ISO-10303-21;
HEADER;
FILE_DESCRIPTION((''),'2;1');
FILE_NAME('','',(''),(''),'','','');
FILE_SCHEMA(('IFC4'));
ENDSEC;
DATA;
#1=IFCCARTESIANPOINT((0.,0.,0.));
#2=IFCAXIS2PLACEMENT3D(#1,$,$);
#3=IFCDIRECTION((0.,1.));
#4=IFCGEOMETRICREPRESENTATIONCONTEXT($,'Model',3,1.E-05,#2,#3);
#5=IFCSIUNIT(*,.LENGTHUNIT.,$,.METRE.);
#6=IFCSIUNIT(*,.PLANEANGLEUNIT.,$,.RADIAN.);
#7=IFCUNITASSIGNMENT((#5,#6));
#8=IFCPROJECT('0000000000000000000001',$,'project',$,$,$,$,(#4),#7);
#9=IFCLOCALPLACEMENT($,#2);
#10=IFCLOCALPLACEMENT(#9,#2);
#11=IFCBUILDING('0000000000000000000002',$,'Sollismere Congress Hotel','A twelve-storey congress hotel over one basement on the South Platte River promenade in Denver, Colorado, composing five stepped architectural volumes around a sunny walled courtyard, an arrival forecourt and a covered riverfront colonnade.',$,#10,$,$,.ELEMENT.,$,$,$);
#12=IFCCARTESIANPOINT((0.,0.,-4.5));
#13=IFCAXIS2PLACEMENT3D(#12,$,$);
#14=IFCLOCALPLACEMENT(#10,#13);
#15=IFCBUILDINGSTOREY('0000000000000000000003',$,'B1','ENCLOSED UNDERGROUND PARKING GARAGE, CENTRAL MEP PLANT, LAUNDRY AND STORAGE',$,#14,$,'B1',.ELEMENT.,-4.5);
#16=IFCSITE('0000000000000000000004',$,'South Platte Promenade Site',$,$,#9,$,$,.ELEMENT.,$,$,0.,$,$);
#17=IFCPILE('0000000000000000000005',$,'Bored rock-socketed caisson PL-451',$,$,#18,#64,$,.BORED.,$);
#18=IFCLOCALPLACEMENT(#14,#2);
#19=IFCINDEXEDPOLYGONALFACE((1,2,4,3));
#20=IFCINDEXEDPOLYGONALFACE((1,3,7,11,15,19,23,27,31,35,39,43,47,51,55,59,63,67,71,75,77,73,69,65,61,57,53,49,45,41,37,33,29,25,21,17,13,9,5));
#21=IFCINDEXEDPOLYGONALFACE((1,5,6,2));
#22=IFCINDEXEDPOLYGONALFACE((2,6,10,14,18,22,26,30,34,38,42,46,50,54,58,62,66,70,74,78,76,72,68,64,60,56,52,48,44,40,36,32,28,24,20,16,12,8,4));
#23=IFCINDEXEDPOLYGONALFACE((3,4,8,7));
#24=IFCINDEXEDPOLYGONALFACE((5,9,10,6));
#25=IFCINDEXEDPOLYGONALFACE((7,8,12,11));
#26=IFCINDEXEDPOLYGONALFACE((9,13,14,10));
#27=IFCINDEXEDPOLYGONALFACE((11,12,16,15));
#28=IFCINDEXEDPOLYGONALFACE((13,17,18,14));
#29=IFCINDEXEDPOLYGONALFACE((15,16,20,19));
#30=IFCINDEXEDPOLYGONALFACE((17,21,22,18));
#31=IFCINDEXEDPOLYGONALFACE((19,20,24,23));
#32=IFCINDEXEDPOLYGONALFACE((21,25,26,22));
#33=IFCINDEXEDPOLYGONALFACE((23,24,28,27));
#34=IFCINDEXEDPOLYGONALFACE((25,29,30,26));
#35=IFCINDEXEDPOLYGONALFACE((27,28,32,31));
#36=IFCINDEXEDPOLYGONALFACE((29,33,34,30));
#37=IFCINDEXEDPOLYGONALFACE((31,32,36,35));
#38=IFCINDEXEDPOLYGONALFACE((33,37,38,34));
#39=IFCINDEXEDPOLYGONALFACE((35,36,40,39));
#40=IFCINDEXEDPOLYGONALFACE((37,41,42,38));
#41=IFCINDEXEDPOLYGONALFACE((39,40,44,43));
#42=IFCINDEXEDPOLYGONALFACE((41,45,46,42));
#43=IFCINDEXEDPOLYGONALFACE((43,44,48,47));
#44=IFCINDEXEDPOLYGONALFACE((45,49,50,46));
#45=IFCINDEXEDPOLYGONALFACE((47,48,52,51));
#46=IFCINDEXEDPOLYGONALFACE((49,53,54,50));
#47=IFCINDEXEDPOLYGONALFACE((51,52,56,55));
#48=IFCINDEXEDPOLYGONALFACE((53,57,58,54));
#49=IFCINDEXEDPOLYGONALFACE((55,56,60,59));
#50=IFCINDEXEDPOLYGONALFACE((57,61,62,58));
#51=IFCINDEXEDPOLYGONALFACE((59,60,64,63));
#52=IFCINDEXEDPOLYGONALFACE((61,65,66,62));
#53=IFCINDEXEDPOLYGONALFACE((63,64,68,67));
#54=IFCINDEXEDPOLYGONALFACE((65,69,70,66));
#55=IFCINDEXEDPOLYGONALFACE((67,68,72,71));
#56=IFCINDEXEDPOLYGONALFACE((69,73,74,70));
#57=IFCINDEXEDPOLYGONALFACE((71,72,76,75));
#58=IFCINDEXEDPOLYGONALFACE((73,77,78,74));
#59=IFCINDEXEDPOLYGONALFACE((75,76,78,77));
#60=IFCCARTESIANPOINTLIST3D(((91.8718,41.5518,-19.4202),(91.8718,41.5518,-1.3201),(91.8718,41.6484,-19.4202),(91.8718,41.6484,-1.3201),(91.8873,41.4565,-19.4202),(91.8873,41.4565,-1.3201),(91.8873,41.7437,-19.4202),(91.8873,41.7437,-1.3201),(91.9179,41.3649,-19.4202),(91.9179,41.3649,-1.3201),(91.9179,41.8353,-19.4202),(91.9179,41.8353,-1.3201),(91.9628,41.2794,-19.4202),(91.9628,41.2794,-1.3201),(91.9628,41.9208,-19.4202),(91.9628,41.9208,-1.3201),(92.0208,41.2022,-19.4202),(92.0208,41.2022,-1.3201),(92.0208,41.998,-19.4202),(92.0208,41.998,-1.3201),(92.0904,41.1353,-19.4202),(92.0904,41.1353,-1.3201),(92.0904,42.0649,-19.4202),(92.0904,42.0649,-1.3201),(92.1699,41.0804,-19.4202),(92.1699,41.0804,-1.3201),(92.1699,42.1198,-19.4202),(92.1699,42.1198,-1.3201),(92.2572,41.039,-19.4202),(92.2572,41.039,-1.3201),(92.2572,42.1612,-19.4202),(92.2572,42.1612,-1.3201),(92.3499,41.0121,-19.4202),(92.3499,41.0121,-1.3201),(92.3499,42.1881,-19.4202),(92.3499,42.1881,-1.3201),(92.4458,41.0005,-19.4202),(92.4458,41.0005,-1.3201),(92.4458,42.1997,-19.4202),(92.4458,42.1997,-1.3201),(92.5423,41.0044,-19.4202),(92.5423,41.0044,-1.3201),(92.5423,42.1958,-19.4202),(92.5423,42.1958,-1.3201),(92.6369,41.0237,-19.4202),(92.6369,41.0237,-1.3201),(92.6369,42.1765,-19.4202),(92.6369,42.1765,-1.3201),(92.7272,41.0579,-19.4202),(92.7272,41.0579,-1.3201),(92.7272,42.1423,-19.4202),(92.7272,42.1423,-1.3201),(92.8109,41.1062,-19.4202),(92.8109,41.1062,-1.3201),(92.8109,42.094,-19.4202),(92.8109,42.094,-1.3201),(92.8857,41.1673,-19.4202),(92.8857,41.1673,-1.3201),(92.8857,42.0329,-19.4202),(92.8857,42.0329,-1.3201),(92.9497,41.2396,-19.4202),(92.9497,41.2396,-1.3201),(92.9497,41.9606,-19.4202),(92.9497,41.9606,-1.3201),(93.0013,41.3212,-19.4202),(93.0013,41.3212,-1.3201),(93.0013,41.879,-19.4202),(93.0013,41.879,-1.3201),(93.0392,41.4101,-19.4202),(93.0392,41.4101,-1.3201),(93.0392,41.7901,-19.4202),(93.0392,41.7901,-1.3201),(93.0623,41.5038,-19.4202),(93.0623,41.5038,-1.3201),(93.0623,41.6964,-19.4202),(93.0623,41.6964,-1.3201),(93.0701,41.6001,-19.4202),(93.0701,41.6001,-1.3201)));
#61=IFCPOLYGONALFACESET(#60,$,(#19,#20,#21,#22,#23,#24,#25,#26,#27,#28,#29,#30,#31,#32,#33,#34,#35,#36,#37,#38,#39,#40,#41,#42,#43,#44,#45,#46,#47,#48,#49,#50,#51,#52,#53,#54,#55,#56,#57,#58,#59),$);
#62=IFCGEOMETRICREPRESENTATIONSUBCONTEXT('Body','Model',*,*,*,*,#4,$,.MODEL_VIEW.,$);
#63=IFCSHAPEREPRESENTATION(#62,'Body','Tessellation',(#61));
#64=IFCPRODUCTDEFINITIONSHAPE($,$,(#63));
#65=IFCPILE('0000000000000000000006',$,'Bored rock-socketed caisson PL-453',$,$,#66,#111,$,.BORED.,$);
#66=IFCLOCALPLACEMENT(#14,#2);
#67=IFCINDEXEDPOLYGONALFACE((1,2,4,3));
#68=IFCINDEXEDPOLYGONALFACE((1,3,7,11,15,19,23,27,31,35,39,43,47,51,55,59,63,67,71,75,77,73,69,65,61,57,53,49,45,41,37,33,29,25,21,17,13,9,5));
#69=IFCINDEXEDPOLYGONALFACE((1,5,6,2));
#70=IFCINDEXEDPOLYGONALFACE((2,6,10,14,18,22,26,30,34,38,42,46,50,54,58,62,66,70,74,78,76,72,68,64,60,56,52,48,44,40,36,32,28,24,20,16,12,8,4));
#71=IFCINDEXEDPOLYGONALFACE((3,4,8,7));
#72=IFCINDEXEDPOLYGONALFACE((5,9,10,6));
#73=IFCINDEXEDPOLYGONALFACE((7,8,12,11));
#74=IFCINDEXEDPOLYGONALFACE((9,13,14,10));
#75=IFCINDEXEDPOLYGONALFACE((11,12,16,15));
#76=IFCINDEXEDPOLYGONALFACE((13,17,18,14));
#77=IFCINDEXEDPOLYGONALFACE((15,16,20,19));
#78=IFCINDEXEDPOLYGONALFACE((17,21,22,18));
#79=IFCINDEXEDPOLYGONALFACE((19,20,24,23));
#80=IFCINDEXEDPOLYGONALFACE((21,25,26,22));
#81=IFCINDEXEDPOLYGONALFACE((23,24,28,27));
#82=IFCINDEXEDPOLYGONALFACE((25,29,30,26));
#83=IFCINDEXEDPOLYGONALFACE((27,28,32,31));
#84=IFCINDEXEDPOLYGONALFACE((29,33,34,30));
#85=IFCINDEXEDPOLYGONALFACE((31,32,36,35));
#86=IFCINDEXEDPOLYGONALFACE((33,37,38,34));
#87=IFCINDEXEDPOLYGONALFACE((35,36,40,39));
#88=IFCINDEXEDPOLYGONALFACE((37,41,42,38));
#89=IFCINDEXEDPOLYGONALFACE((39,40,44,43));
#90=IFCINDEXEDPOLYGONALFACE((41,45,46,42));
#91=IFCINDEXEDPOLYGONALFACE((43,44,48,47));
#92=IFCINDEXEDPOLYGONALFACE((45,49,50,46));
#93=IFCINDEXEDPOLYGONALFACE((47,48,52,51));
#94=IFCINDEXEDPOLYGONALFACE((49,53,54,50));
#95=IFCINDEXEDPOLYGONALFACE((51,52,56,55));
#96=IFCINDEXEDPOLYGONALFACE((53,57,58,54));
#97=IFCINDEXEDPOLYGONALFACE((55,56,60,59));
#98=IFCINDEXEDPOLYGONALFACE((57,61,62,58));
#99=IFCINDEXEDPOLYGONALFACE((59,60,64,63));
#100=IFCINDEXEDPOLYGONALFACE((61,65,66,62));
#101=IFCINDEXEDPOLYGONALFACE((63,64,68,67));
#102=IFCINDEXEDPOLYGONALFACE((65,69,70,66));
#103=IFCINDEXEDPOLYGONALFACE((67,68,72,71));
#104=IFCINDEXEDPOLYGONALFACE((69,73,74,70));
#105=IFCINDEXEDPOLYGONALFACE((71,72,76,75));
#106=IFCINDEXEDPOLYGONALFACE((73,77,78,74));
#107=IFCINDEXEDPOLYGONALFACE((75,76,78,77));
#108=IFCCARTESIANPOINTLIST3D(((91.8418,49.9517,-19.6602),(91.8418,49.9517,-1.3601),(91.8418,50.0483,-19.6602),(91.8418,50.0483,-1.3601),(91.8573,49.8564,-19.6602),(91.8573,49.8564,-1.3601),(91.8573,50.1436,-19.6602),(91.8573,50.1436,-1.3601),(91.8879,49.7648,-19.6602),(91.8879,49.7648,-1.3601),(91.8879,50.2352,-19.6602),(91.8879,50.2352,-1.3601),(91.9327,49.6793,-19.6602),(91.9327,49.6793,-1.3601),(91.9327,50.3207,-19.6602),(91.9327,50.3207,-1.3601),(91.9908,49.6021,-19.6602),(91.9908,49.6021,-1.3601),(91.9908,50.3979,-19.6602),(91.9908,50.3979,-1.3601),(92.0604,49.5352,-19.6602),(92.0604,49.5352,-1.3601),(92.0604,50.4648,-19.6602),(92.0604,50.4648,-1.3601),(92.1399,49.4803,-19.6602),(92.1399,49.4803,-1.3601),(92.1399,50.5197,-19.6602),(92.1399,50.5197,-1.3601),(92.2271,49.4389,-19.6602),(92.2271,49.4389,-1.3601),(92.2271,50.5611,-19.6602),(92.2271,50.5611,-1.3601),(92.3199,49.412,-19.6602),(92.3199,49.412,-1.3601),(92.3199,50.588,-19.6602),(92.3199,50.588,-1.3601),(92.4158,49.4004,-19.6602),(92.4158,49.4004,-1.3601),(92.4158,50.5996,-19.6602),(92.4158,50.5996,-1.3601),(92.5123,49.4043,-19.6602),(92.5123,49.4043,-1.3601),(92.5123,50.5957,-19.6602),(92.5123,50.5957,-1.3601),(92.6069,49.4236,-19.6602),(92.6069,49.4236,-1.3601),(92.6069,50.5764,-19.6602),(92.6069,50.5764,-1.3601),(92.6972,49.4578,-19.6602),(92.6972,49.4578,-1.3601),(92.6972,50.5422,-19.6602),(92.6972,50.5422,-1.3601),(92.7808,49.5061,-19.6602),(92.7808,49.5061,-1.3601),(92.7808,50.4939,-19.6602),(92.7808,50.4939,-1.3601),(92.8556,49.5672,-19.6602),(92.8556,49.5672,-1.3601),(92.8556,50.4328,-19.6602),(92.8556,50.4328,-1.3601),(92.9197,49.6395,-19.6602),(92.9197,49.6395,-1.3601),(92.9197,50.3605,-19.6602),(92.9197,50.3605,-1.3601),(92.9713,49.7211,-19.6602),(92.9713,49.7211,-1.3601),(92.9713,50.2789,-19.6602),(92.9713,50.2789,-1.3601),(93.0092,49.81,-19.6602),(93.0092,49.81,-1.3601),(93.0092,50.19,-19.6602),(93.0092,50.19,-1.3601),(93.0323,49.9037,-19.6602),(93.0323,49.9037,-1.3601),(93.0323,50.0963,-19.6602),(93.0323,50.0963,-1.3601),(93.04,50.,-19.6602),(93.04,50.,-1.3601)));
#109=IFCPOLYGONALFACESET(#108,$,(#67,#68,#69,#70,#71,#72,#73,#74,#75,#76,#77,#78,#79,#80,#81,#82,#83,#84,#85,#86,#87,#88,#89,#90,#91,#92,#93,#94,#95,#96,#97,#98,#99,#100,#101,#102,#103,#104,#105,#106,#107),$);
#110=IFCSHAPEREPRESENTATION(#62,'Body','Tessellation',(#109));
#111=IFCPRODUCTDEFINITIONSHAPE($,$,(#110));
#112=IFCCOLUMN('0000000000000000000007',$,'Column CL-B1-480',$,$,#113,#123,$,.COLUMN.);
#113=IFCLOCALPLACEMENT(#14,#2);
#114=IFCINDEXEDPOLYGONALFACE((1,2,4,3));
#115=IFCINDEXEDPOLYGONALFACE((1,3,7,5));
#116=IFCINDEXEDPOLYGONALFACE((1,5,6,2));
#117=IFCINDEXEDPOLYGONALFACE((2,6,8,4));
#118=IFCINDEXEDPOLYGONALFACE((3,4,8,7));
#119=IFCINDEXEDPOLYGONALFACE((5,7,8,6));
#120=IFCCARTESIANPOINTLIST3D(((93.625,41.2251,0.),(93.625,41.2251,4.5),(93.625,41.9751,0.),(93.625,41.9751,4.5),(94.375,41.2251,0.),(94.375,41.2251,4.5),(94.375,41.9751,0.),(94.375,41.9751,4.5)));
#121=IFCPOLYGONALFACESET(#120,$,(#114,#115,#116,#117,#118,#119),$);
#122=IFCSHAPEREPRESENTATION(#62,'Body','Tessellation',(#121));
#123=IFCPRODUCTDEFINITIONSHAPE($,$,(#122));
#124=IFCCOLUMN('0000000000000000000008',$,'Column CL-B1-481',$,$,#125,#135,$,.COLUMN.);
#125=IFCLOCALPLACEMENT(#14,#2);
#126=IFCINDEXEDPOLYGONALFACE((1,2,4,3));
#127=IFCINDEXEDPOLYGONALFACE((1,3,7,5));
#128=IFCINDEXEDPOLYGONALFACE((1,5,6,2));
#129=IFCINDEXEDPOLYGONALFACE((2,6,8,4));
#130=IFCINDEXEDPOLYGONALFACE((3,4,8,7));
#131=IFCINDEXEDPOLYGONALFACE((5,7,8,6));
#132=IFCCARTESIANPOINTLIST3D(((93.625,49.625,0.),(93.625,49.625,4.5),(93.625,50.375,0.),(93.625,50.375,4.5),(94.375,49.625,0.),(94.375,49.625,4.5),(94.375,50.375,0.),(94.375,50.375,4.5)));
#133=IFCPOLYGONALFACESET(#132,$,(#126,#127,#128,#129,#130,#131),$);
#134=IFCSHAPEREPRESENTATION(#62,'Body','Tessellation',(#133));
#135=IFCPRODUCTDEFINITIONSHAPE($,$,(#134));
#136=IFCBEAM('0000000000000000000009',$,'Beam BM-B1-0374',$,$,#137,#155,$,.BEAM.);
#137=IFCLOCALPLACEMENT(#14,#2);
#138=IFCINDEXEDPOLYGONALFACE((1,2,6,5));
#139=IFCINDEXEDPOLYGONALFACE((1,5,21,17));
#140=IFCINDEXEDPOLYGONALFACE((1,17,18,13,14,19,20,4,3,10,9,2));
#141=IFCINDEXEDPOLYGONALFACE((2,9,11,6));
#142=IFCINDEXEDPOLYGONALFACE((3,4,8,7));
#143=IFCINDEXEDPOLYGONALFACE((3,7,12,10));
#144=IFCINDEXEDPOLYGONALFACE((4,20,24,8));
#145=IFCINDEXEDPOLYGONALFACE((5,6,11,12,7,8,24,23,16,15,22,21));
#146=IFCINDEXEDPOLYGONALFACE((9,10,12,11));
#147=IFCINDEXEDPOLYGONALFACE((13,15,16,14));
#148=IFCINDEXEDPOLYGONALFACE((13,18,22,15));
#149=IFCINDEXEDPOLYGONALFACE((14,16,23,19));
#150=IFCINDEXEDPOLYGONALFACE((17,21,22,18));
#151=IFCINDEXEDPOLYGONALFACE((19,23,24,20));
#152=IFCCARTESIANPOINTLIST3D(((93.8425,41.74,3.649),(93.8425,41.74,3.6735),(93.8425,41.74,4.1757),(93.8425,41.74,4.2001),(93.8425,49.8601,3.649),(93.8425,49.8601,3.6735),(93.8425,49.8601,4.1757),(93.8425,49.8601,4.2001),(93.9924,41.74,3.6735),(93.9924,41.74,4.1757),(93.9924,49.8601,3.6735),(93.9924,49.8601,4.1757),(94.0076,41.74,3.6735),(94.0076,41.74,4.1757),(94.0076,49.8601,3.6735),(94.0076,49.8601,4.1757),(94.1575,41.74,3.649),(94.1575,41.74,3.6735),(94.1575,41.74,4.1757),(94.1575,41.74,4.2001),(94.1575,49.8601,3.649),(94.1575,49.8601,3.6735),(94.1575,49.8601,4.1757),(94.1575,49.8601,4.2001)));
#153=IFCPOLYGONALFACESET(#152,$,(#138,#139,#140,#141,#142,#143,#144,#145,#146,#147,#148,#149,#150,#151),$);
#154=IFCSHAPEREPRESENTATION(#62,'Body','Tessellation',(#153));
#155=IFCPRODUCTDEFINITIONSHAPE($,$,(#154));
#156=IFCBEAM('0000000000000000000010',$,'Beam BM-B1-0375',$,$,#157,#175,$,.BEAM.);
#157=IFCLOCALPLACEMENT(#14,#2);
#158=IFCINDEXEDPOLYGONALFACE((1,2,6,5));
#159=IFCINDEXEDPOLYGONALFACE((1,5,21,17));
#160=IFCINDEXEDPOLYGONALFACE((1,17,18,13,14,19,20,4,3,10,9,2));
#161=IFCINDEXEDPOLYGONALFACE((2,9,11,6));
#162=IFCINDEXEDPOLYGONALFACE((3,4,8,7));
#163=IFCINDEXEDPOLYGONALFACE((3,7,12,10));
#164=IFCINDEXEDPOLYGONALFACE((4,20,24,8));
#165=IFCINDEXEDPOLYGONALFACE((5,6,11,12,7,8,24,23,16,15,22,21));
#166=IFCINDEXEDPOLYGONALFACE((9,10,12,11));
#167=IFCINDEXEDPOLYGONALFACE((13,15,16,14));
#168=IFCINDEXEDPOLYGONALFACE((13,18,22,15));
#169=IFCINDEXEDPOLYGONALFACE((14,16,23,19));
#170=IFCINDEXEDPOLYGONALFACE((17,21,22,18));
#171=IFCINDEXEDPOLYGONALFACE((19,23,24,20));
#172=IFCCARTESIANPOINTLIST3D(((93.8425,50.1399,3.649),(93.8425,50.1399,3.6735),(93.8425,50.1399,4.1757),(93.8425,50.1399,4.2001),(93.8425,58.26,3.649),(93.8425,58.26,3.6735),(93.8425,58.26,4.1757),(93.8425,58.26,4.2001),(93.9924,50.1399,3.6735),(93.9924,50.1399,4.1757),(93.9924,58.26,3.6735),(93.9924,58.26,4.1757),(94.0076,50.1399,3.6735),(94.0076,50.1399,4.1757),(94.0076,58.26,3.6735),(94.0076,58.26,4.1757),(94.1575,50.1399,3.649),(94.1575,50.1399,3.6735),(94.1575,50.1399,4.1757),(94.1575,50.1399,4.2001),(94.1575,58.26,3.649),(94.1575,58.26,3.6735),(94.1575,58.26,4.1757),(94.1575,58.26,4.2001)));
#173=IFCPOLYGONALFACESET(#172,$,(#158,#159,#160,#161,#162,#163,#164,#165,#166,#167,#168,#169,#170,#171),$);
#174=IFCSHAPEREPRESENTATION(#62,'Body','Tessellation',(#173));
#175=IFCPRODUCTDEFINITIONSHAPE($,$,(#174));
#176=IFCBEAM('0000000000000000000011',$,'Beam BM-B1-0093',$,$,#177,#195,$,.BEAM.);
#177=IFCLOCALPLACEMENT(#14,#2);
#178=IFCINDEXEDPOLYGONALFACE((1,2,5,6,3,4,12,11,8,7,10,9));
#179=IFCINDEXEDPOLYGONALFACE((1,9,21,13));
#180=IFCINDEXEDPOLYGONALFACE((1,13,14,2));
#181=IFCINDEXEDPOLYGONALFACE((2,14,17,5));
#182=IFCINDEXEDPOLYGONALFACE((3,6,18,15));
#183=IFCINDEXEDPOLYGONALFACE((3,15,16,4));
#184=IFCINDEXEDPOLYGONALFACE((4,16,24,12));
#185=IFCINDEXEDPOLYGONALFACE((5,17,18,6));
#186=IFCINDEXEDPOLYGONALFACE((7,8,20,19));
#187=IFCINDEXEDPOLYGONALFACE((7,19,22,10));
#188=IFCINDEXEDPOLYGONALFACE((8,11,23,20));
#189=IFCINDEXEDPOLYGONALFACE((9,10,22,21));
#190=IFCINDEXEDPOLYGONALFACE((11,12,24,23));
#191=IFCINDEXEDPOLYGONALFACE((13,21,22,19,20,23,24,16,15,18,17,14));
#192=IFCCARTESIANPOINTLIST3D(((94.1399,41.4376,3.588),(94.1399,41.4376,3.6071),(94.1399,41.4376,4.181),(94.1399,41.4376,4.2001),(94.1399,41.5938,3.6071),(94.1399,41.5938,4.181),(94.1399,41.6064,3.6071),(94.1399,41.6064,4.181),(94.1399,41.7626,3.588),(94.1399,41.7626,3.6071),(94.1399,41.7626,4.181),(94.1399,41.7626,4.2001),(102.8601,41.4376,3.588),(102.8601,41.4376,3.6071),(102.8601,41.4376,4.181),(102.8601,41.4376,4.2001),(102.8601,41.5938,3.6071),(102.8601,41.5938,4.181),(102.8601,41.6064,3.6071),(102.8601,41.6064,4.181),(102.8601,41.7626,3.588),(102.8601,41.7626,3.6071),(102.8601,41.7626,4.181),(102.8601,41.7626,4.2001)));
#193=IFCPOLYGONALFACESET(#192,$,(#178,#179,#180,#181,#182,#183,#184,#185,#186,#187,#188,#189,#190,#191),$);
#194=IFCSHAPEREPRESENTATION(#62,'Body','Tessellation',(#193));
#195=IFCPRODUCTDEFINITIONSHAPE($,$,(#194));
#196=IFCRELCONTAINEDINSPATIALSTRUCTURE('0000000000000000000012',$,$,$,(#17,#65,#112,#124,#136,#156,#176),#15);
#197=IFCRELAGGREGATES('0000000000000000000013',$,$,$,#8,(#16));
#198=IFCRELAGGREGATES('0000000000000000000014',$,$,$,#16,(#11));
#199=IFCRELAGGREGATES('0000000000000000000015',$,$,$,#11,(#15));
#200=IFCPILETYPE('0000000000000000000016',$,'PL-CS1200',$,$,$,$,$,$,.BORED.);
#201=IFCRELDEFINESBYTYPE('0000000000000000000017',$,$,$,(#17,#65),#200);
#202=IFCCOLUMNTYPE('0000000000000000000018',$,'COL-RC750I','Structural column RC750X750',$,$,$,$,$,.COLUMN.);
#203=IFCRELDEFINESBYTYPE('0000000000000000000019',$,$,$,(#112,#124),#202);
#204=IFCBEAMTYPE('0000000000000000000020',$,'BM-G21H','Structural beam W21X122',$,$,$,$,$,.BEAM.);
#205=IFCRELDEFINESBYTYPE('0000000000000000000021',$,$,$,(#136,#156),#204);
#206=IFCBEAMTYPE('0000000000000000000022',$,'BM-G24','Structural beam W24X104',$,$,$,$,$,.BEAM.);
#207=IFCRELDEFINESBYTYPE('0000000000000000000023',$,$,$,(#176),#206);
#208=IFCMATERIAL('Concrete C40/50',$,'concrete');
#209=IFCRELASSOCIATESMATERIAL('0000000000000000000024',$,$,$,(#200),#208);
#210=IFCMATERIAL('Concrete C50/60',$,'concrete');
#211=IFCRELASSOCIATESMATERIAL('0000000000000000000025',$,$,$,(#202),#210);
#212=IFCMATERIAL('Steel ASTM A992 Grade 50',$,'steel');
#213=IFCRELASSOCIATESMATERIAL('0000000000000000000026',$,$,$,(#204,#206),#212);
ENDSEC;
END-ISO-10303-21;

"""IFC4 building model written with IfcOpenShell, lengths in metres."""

from ifc_helpers import new_model, si_unit, direction, frame, origin, origin_2d, place, context, subcontext, project, spatial, rectangle, circle, i_section, extrude, material, material_profile, profile_set, type_object, element, save


model = new_model("IFC4")

# Units and contexts
model_context = context("Model", 3, precision=1e-05, world=origin(), true_north=direction((0.0, 1.0)))
body_context = subcontext(model_context, "Body", "Model", "MODEL_VIEW")
ifc_project = project(units=[si_unit("LENGTHUNIT", "METRE"), si_unit("PLANEANGLEUNIT", "RADIAN")], contexts=[model_context])

# Site, building, storey
site_placement = place(None, origin())
site = spatial("IfcSite", under=ifc_project, at=site_placement, Name="South Platte Promenade Site", CompositionType="ELEMENT", RefElevation=0.0)
building_placement = place(site_placement, origin())
building = spatial("IfcBuilding", under=site, at=building_placement, Name="Sollismere Congress Hotel", Description="A twelve-storey congress hotel over one basement on the South Platte River promenade in Denver, Colorado, composing five stepped architectural volumes around a sunny walled courtyard, an arrival forecourt and a covered riverfront colonnade.", CompositionType="ELEMENT")
storey_placement = place(building_placement, frame((0.0, 0.0, -4.5)))
storey = spatial("IfcBuildingStorey", under=building, at=storey_placement, Name="B1", Description="ENCLOSED UNDERGROUND PARKING GARAGE, CENTRAL MEP PLANT, LAUNDRY AND STORAGE", LongName="B1", CompositionType="ELEMENT", Elevation=-4.5)

# Shared definitions
ifc_material_1 = material(Name="Concrete C40/50", Category="concrete")

# Piles
ifc_material_profile_1 = material_profile(ifc_material_1, circle(Radius=0.6001, at=origin_2d()), Name="CAISSON1200")
ifc_profile_set_1 = profile_set([ifc_material_profile_1], Name="Concrete C40/50")
pile_type = type_object("IfcPileType", Name="PL-CS1200", PredefinedType="BORED", material=ifc_profile_set_1)
pile_1_placement = place(storey_placement, frame((92.47, 41.6001, -1.3201), z_axis=(0.0, 0.0, -1.0), x_axis=(1.0, 0.0, 0.0)))
element("IfcPile", 1, at=pile_1_placement, inside=storey, type_object=pile_type, Name="Bored rock-socketed caisson PL-451", PredefinedType="BORED", context=body_context, shape_type="SweptSolid", body=[
    extrude(circle(Radius=0.6001, at=origin_2d()), origin(), (0.0, 0.0, 1.0), 18.1001),
])
pile_2_placement = place(storey_placement, frame((92.4399, 50.0, -1.3601), z_axis=(0.0, 0.0, -1.0), x_axis=(1.0, 0.0, 0.0)))
element("IfcPile", 2, at=pile_2_placement, inside=storey, type_object=pile_type, Name="Bored rock-socketed caisson PL-453", PredefinedType="BORED", context=body_context, shape_type="SweptSolid", body=[
    extrude(circle(Radius=0.6001, at=origin_2d()), origin(), (0.0, 0.0, 1.0), 18.3),
])

# Columns
ifc_material_2 = material(Name="Concrete C50/60", Category="concrete")
ifc_material_profile_2 = material_profile(ifc_material_2, rectangle(XDim=0.75, YDim=0.75, at=origin_2d()), Name="RC750X750")
ifc_profile_set_2 = profile_set([ifc_material_profile_2], Name="Concrete C50/60")
column_type = type_object("IfcColumnType", Name="COL-RC750I", Description="Structural column RC750X750", PredefinedType="COLUMN", material=ifc_profile_set_2)
for number, where, z_axis, x_axis, name in (
    (3, (94.0, 41.6001, 0.0), (0.0, 0.0, 1.0), (1.0, 0.0, 0.0), "Column CL-B1-480"),
    (4, (94.0, 50.0, 0.0), (0.0, 0.0, 1.0), (1.0, 0.0, 0.0), "Column CL-B1-481"),
):
    element("IfcColumn", number, at=place(storey_placement, frame(where, z_axis=z_axis, x_axis=x_axis)), inside=storey, type_object=column_type, Name=name, PredefinedType="COLUMN", context=body_context, shape_type="SweptSolid", body=[
        extrude(rectangle(XDim=0.75, YDim=0.75, at=origin_2d()), origin(), (0.0, 0.0, 1.0), 4.5),
    ])

# Beams
ifc_material_3 = material(Name="Steel ASTM A992 Grade 50", Category="steel")
ifc_material_profile_3 = material_profile(ifc_material_3, i_section(OverallWidth=0.3149, OverallDepth=0.551, WebThickness=0.0151, FlangeThickness=0.0244, at=origin_2d()), Name="W21X122")
ifc_profile_set_3 = profile_set([ifc_material_profile_3], Name="Steel ASTM A992 Grade 50")
beam_type_1 = type_object("IfcBeamType", Name="BM-G21H", Description="Structural beam W21X122", PredefinedType="BEAM", material=ifc_profile_set_3)
for number, where, z_axis, x_axis, name in (
    (5, (94.0, 41.74, 3.9246), (0.0, 1.0, 0.0), (-1.0, 0.0, 0.0), "Beam BM-B1-0374"),
    (6, (94.0, 50.1399, 3.9246), (0.0, 1.0, 0.0), (-1.0, 0.0, 0.0), "Beam BM-B1-0375"),
):
    element("IfcBeam", number, at=place(storey_placement, frame(where, z_axis=z_axis, x_axis=x_axis)), inside=storey, type_object=beam_type_1, Name=name, PredefinedType="BEAM", context=body_context, shape_type="SweptSolid", body=[
        extrude(i_section(OverallWidth=0.3149, OverallDepth=0.551, WebThickness=0.0151, FlangeThickness=0.0244, at=origin_2d()), origin(), (0.0, 0.0, 1.0), 8.1201),
    ])
ifc_material_profile_4 = material_profile(ifc_material_3, i_section(OverallWidth=0.325, OverallDepth=0.6121, WebThickness=0.0127, FlangeThickness=0.019, at=origin_2d()), Name="W24X104")
ifc_profile_set_4 = profile_set([ifc_material_profile_4], Name="Steel ASTM A992 Grade 50")
beam_type_2 = type_object("IfcBeamType", Name="BM-G24", Description="Structural beam W24X104", PredefinedType="BEAM", material=ifc_profile_set_4)
for number, where, z_axis, x_axis, name in (
    (7, (94.1399, 41.6001, 3.894), (1.0, 0.0, 0.0), (0.0, 1.0, 0.0), "Beam BM-B1-0093"),
):
    element("IfcBeam", number, at=place(storey_placement, frame(where, z_axis=z_axis, x_axis=x_axis)), inside=storey, type_object=beam_type_2, Name=name, PredefinedType="BEAM", context=body_context, shape_type="SweptSolid", body=[
        extrude(i_section(OverallWidth=0.325, OverallDepth=0.6121, WebThickness=0.0127, FlangeThickness=0.019, at=origin_2d()), origin(), (0.0, 0.0, 1.0), 8.7202),
    ])

save(model, "model.ifc")
